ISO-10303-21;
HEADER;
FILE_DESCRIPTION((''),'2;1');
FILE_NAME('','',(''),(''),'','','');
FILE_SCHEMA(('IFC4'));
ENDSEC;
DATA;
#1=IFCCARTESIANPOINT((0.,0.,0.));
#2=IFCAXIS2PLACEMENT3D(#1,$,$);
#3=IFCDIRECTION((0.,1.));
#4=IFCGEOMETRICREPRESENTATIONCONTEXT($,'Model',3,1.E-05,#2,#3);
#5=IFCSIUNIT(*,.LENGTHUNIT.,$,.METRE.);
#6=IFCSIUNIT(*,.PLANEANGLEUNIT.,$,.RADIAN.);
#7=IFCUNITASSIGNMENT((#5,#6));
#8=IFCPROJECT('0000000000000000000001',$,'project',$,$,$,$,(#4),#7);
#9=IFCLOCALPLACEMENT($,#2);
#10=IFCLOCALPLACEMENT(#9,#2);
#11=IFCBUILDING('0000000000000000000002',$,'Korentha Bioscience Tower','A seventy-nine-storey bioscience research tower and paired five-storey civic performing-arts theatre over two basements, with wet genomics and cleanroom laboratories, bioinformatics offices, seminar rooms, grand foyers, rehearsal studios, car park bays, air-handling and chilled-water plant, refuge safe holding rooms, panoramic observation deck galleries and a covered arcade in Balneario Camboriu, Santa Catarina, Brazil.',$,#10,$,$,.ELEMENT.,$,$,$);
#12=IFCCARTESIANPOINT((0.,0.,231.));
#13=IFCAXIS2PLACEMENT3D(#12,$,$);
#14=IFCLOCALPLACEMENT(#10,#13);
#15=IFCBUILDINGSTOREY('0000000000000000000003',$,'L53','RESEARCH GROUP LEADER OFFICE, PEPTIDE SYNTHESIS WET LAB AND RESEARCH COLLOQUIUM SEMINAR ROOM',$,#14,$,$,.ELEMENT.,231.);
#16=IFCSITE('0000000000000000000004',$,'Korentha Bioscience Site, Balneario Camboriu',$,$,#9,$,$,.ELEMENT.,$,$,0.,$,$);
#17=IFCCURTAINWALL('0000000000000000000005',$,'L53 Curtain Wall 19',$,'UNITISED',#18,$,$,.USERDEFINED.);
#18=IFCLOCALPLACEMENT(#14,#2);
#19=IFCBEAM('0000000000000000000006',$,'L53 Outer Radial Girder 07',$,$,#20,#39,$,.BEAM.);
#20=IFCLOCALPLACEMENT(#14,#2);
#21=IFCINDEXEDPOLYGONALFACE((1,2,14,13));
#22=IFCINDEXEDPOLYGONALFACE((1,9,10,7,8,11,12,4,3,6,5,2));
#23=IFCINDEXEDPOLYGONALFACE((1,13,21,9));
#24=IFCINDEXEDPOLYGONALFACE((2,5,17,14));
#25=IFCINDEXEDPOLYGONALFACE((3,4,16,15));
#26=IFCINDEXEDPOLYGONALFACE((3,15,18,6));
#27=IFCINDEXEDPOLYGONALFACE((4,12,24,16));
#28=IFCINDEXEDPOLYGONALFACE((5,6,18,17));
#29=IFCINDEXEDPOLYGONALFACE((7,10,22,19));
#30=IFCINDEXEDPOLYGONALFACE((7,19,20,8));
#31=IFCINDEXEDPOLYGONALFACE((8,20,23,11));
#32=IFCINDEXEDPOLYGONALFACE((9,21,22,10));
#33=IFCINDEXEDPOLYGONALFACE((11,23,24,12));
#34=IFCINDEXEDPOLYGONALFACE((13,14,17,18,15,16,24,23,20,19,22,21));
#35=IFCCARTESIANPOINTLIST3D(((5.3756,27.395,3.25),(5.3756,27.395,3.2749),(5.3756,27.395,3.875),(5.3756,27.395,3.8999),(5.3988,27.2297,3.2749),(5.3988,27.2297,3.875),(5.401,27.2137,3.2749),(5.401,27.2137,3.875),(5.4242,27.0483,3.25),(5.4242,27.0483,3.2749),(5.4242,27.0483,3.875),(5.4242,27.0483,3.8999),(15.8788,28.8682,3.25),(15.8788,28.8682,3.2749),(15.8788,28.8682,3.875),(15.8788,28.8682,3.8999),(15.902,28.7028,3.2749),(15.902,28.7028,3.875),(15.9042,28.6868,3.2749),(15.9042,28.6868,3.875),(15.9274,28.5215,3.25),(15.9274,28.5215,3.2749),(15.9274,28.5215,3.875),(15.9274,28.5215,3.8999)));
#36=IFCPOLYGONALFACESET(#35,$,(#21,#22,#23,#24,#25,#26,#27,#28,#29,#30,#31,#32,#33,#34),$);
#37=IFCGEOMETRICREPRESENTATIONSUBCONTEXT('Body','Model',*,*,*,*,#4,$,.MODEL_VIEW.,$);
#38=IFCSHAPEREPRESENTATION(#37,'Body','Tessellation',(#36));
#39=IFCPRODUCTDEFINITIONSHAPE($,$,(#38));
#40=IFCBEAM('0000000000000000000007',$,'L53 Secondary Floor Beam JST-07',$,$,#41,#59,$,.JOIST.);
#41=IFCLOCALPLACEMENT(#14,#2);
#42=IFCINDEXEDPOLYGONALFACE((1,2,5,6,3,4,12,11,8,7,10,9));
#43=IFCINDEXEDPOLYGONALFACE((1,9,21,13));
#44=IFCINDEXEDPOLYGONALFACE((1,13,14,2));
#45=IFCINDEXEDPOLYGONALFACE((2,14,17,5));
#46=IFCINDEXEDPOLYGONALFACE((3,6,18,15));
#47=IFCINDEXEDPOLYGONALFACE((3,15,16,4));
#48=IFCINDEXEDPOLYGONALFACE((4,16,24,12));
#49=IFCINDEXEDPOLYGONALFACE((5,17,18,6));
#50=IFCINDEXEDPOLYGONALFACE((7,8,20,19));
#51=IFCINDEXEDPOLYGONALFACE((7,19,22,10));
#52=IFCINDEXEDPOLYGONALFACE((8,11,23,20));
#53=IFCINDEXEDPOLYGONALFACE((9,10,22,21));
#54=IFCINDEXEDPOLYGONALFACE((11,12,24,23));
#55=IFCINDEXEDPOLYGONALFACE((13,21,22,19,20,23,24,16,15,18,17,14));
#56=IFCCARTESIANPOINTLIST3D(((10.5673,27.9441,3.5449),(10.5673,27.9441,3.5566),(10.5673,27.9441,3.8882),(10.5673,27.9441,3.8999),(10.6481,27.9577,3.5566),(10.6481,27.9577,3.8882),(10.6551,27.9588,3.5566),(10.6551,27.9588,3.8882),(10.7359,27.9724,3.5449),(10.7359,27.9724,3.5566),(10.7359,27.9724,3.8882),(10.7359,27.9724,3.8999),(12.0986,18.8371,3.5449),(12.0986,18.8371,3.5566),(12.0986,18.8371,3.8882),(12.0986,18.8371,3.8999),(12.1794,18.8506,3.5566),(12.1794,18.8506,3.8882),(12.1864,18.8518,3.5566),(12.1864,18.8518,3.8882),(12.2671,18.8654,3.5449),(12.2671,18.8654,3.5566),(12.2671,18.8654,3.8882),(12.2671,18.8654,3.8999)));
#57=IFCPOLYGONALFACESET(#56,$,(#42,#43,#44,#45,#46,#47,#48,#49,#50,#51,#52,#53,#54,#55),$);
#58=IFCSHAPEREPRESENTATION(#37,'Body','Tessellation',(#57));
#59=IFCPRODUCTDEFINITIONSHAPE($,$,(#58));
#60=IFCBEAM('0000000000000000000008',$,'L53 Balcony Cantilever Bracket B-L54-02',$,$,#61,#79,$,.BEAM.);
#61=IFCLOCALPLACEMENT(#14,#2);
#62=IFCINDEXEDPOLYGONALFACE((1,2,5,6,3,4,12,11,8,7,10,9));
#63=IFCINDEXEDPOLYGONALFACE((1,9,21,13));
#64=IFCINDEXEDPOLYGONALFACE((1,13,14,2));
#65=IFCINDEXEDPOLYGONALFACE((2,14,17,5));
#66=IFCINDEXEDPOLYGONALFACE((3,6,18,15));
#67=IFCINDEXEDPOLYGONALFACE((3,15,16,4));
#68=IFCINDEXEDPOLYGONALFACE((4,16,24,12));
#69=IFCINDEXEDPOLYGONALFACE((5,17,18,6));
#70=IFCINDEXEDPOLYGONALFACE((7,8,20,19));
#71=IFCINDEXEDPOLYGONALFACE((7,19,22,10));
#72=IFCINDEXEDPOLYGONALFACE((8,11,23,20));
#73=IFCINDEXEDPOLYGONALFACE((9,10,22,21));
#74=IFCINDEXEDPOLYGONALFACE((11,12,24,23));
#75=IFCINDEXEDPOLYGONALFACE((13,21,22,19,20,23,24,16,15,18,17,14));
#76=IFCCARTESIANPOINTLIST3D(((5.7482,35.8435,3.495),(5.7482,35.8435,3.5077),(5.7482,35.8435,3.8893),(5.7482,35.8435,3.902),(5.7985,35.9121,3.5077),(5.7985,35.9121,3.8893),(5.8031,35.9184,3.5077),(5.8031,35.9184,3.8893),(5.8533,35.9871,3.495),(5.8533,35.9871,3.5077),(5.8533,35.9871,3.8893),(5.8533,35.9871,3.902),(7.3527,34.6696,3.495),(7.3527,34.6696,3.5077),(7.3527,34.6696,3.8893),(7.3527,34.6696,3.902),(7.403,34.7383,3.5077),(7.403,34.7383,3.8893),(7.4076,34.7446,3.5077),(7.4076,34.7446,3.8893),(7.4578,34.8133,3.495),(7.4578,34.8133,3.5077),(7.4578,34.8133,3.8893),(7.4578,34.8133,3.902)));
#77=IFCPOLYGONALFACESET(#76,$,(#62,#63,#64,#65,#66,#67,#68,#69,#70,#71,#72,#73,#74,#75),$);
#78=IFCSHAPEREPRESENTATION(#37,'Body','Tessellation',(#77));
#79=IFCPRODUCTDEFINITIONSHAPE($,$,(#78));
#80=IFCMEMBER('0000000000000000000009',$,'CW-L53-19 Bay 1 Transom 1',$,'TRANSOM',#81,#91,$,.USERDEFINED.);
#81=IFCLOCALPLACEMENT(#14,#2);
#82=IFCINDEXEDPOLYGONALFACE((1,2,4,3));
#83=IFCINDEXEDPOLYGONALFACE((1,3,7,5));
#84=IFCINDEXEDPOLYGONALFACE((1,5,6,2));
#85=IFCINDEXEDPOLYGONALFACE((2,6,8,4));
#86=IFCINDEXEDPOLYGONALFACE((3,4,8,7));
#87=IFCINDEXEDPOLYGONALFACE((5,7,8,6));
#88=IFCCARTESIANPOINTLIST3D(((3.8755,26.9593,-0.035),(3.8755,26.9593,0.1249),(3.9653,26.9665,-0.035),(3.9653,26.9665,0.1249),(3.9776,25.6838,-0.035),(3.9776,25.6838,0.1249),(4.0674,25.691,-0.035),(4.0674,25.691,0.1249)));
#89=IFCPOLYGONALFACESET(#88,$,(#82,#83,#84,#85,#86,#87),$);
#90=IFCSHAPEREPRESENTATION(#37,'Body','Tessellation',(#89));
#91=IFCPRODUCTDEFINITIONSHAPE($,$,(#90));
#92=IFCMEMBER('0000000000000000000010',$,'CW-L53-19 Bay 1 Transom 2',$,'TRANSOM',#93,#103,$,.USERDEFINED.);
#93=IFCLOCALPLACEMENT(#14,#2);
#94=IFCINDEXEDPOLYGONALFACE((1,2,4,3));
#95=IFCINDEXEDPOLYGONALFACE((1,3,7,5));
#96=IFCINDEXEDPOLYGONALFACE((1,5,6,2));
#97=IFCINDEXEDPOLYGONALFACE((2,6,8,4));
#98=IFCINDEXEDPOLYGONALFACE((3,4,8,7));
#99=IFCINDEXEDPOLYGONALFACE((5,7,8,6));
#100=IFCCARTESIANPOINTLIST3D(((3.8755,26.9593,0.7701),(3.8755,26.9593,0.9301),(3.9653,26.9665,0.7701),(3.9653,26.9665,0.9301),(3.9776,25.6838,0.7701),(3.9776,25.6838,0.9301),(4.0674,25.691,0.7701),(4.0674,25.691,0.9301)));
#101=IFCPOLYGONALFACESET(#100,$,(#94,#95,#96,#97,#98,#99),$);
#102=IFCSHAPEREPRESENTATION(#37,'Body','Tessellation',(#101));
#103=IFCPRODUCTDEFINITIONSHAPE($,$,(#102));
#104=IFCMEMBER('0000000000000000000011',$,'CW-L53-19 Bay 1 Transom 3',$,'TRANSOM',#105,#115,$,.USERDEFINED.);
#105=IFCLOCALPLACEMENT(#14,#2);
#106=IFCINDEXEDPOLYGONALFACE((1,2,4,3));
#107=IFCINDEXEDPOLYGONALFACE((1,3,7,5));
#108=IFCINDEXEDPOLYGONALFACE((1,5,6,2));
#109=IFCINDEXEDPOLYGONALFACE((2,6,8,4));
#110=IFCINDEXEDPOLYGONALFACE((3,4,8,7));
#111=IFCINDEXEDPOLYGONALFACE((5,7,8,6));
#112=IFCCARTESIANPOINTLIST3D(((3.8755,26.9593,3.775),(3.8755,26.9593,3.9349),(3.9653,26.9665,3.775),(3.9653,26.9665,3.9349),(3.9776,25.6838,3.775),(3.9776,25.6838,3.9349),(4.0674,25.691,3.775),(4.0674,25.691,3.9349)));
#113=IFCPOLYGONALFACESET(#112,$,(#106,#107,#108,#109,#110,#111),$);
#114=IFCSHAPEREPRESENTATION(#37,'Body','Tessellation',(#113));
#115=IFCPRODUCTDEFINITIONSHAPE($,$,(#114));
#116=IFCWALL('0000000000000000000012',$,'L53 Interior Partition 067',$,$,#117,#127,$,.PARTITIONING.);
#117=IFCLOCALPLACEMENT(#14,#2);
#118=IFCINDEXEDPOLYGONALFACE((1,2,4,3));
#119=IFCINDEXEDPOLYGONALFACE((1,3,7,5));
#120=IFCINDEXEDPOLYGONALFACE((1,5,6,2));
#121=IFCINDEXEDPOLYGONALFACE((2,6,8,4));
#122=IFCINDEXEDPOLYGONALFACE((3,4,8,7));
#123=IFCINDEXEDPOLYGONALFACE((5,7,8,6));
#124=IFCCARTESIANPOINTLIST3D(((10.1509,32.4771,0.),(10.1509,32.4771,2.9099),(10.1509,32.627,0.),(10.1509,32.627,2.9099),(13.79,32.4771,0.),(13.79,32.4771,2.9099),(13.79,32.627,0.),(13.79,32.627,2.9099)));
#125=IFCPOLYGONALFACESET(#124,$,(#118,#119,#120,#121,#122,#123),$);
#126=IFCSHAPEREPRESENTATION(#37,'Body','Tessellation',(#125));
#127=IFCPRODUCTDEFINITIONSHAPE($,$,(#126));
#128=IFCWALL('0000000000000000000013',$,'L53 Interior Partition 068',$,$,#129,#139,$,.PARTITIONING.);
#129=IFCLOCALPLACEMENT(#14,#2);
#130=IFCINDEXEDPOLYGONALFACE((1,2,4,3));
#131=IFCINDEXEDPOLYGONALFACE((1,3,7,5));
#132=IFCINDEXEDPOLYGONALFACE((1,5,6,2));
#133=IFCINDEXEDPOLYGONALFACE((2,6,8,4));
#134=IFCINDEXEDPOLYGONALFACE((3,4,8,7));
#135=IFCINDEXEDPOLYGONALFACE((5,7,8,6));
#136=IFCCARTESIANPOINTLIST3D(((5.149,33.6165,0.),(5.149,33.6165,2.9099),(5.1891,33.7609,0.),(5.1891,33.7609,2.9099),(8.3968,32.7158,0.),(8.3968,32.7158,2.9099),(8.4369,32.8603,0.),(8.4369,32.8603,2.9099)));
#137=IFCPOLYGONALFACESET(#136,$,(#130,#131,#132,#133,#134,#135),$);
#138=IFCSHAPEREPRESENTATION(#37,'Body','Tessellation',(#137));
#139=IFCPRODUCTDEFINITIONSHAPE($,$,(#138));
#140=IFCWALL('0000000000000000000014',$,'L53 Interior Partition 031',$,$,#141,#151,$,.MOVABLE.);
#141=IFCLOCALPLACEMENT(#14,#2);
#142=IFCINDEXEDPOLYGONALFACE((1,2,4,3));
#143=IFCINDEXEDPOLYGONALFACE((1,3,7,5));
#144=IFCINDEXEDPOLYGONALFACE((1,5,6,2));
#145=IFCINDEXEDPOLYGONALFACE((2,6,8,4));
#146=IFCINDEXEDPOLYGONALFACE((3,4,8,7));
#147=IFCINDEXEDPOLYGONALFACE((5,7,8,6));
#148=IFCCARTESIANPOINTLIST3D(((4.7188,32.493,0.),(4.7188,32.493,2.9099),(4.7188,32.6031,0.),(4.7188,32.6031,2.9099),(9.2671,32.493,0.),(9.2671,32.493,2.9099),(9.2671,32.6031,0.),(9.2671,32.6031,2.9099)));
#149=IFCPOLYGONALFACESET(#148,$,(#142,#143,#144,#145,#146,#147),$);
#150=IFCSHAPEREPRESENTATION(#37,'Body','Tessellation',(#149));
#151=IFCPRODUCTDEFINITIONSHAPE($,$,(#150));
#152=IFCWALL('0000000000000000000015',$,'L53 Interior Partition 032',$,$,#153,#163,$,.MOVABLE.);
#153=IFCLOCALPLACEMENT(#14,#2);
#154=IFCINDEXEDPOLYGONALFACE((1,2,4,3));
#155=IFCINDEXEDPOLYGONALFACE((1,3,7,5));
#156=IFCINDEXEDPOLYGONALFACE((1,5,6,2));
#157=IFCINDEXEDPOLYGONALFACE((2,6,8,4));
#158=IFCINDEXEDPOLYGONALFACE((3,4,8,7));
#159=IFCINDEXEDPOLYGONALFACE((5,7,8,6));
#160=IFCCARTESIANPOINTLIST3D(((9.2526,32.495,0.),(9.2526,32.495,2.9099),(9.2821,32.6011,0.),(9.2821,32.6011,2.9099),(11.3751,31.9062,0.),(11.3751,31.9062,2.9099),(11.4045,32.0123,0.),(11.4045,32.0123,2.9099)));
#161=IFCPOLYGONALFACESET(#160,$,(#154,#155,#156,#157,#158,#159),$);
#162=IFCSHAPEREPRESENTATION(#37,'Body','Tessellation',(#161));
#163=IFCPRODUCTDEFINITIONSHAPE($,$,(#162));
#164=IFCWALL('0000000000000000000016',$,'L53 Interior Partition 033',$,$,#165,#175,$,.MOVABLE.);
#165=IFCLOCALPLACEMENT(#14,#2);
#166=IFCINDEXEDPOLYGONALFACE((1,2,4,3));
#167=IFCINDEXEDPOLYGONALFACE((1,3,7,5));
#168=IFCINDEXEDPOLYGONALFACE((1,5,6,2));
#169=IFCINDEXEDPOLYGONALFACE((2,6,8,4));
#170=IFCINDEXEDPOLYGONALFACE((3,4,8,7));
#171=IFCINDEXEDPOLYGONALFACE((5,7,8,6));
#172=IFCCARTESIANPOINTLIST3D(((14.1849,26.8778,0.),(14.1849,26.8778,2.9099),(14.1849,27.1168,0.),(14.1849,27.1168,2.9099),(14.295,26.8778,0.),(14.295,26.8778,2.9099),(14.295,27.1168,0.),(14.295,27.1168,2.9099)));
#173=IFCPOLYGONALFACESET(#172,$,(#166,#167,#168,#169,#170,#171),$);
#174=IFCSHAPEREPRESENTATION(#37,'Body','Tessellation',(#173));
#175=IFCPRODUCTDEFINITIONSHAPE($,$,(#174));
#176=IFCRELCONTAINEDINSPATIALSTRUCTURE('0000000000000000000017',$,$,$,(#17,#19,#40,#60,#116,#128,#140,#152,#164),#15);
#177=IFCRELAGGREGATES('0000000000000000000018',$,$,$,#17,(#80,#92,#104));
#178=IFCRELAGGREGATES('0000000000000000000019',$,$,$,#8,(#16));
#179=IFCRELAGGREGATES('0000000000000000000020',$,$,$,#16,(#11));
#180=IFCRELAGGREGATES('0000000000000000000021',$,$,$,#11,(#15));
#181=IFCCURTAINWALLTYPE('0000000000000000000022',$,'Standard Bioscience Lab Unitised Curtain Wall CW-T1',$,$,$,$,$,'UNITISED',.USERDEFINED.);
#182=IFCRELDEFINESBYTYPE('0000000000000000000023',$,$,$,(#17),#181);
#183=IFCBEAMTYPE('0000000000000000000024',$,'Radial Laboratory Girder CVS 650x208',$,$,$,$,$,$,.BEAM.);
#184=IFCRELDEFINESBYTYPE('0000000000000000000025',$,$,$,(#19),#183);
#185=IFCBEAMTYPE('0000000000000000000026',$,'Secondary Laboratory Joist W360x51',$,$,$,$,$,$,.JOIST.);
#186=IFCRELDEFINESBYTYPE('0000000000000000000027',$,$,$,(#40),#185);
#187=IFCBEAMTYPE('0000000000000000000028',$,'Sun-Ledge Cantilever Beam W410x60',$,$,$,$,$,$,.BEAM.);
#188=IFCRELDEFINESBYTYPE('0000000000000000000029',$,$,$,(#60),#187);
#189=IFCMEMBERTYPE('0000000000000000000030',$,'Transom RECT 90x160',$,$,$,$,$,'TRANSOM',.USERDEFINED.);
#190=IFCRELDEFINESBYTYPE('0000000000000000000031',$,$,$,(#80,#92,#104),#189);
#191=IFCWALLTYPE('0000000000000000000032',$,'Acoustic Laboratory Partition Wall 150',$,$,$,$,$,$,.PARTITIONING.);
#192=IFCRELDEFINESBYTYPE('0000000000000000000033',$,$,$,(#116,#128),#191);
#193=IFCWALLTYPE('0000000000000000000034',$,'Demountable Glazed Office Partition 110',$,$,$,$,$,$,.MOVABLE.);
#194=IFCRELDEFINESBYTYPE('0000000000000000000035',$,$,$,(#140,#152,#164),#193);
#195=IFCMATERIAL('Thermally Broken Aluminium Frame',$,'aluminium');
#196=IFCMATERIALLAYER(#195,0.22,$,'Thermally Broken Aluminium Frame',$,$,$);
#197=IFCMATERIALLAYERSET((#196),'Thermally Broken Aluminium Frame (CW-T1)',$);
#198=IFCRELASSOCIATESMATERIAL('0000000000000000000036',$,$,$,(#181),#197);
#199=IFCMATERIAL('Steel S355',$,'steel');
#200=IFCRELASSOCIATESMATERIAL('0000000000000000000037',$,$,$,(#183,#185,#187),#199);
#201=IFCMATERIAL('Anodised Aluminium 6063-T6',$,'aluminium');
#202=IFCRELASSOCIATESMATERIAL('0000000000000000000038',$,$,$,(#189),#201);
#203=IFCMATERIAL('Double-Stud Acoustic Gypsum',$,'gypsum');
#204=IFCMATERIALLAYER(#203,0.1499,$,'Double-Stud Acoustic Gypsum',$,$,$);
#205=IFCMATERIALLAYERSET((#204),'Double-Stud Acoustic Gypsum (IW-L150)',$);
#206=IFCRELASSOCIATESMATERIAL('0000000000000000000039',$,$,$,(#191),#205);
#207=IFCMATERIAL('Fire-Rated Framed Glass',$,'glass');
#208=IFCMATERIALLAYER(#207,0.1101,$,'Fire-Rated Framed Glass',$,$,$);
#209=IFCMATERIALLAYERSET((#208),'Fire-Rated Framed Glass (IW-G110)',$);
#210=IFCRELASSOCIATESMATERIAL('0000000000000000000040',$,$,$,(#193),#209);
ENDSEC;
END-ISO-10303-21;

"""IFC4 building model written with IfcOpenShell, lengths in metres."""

from ifc_helpers import new_model, si_unit, direction, frame, frame_2d, origin, origin_2d, place, context, subcontext, project, spatial, rectangle, i_section, extrude, material, layer, layer_set, material_profile, profile_set, type_object, element, aggregate, save


model = new_model("IFC4")

# Units and contexts
model_context = context("Model", 3, precision=1e-05, world=origin(), true_north=direction((0.0, 1.0)))
body_context = subcontext(model_context, "Body", "Model", "MODEL_VIEW")
ifc_project = project(units=[si_unit("LENGTHUNIT", "METRE"), si_unit("PLANEANGLEUNIT", "RADIAN")], contexts=[model_context])

# Site, building, storey
site_placement = place(None, origin())
site = spatial("IfcSite", under=ifc_project, at=site_placement, Name="Korentha Bioscience Site, Balneario Camboriu", CompositionType="ELEMENT", RefElevation=0.0)
building_placement = place(site_placement, origin())
building = spatial("IfcBuilding", under=site, at=building_placement, Name="Korentha Bioscience Tower", Description="A seventy-nine-storey bioscience research tower and paired five-storey civic performing-arts theatre over two basements, with wet genomics and cleanroom laboratories, bioinformatics offices, seminar rooms, grand foyers, rehearsal studios, car park bays, air-handling and chilled-water plant, refuge safe holding rooms, panoramic observation deck galleries and a covered arcade in Balneario Camboriu, Santa Catarina, Brazil.", CompositionType="ELEMENT")
storey_placement = place(building_placement, frame((0.0, 0.0, 231.0)))
storey = spatial("IfcBuildingStorey", under=building, at=storey_placement, Name="L53", Description="RESEARCH GROUP LEADER OFFICE, PEPTIDE SYNTHESIS WET LAB AND RESEARCH COLLOQUIUM SEMINAR ROOM", CompositionType="ELEMENT", Elevation=231.0)

# Shared definitions
ifc_material_1 = material(Name="Steel S355", Category="steel")

# Curtain wall
ifc_material_2 = material(Name="Thermally Broken Aluminium Frame", Category="aluminium")
ifc_layer_1 = layer(ifc_material_2, 0.22, Name="Thermally Broken Aluminium Frame")
ifc_layer_set_1 = layer_set([ifc_layer_1], Name="Thermally Broken Aluminium Frame (CW-T1)")
curtain_wall_type = type_object("IfcCurtainWallType", Name="Standard Bioscience Lab Unitised Curtain Wall CW-T1", ElementType="UNITISED", PredefinedType="USERDEFINED", material=ifc_layer_set_1)
curtain_wall_placement = place(storey_placement, origin())
curtain_wall = element("IfcCurtainWall", 1, at=curtain_wall_placement, inside=storey, type_object=curtain_wall_type, Name="L53 Curtain Wall 19", ObjectType="UNITISED", PredefinedType="USERDEFINED")
ifc_material_3 = material(Name="Anodised Aluminium 6063-T6", Category="aluminium")

# Beams
ifc_material_profile_1 = material_profile(ifc_material_1, i_section(OverallWidth=0.3501, OverallDepth=0.6499, WebThickness=0.0161, FlangeThickness=0.0249, at=origin_2d()), Name="Steel S355")
ifc_profile_set_1 = profile_set([ifc_material_profile_1], Name="Steel S355 (RB-650)")
beam_type_1 = type_object("IfcBeamType", Name="Radial Laboratory Girder CVS 650x208", PredefinedType="BEAM", material=ifc_profile_set_1)
beam_1_placement = place(storey_placement, frame((15.9031, 28.6948, 3.575), z_axis=(-0.990307, -0.138898, 0.0), x_axis=(0.138898, -0.990307, 0.0)))
element("IfcBeam", 2, at=beam_1_placement, inside=storey, type_object=beam_type_1, Name="L53 Outer Radial Girder 07", PredefinedType="BEAM", context=body_context, shape_type="SweptSolid", body=[
    extrude(i_section(OverallWidth=0.3501, OverallDepth=0.6499, WebThickness=0.0161, FlangeThickness=0.0249, at=origin_2d()), origin(), (0.0, 0.0, 1.0), 10.606),
])
ifc_material_profile_2 = material_profile(ifc_material_1, i_section(OverallWidth=0.1709, OverallDepth=0.355, WebThickness=0.0071, FlangeThickness=0.0117, at=origin_2d()), Name="Steel S355")
ifc_profile_set_2 = profile_set([ifc_material_profile_2], Name="Steel S355 (JB-360)")
beam_type_2 = type_object("IfcBeamType", Name="Secondary Laboratory Joist W360x51", PredefinedType="JOIST", material=ifc_profile_set_2)
beam_2_placement = place(storey_placement, frame((10.6516, 27.9583, 3.7224), z_axis=(0.165814, -0.986157, 0.0), x_axis=(0.986157, 0.165814, 0.0)))
element("IfcBeam", 3, at=beam_2_placement, inside=storey, type_object=beam_type_2, Name="L53 Secondary Floor Beam JST-07", PredefinedType="JOIST", context=body_context, shape_type="SweptSolid", body=[
    extrude(i_section(OverallWidth=0.1709, OverallDepth=0.355, WebThickness=0.0071, FlangeThickness=0.0117, at=origin_2d()), origin(), (0.0, 0.0, 1.0), 9.2349),
])
ifc_material_profile_3 = material_profile(ifc_material_1, i_section(OverallWidth=0.178, OverallDepth=0.407, WebThickness=0.0078, FlangeThickness=0.0127, at=origin_2d()), Name="Steel S355")
ifc_profile_set_3 = profile_set([ifc_material_profile_3], Name="Steel S355 (CB-410)")
beam_type_3 = type_object("IfcBeamType", Name="Sun-Ledge Cantilever Beam W410x60", PredefinedType="BEAM", material=ifc_profile_set_3)
beam_3_placement = place(storey_placement, frame((7.4053, 34.7415, 3.6985), z_axis=(-0.807076, 0.590448, 0.0), x_axis=(-0.590448, -0.807076, 0.0)))
element("IfcBeam", 4, at=beam_3_placement, inside=storey, type_object=beam_type_3, Name="L53 Balcony Cantilever Bracket B-L54-02", PredefinedType="BEAM", context=body_context, shape_type="SweptSolid", body=[
    extrude(i_section(OverallWidth=0.178, OverallDepth=0.407, WebThickness=0.0078, FlangeThickness=0.0127, at=origin_2d()), origin(), (0.0, 0.0, 1.0), 1.988),
])

# Members
ifc_material_profile_4 = material_profile(ifc_material_3, rectangle(XDim=0.0901, YDim=0.1599, at=origin_2d()), Name="Anodised Aluminium 6063-T6")
ifc_profile_set_4 = profile_set([ifc_material_profile_4], Name="Anodised Aluminium 6063-T6 (CW-TRN)")
member_type_1 = type_object("IfcMemberType", Name="Transom RECT 90x160", ElementType="TRANSOM", PredefinedType="USERDEFINED", material=ifc_profile_set_4)
member_1_placement = place(storey_placement, frame((3.9204, 26.9629, 0.0449), z_axis=(0.07976, -0.996814, 0.0), x_axis=(0.996814, 0.07976, 0.0)))
member_1 = element("IfcMember", 5, at=member_1_placement, type_object=member_type_1, Name="CW-L53-19 Bay 1 Transom 1", ObjectType="TRANSOM", PredefinedType="USERDEFINED", context=body_context, shape_type="SweptSolid", body=[
    extrude(rectangle(XDim=0.0901, YDim=0.1599, at=origin_2d()), origin(), (0.0, 0.0, 1.0), 1.2795),
])
member_2_placement = place(storey_placement, frame((3.9204, 26.9629, 0.8501), z_axis=(0.07976, -0.996814, 0.0), x_axis=(0.996814, 0.07976, 0.0)))
member_2 = element("IfcMember", 6, at=member_2_placement, type_object=member_type_1, Name="CW-L53-19 Bay 1 Transom 2", ObjectType="TRANSOM", PredefinedType="USERDEFINED", context=body_context, shape_type="SweptSolid", body=[
    extrude(rectangle(XDim=0.0901, YDim=0.1599, at=origin_2d()), origin(), (0.0, 0.0, 1.0), 1.2795),
])
member_3_placement = place(storey_placement, frame((3.9204, 26.9629, 3.855), z_axis=(0.07976, -0.996814, 0.0), x_axis=(0.996814, 0.07976, 0.0)))
member_3 = element("IfcMember", 7, at=member_3_placement, type_object=member_type_1, Name="CW-L53-19 Bay 1 Transom 3", ObjectType="TRANSOM", PredefinedType="USERDEFINED", context=body_context, shape_type="SweptSolid", body=[
    extrude(rectangle(XDim=0.0901, YDim=0.1599, at=origin_2d()), origin(), (0.0, 0.0, 1.0), 1.2795),
])
aggregate(curtain_wall, [member_1, member_2, member_3])

# Walls
ifc_material_4 = material(Name="Double-Stud Acoustic Gypsum", Category="gypsum")
ifc_layer_2 = layer(ifc_material_4, 0.1499, Name="Double-Stud Acoustic Gypsum")
ifc_layer_set_2 = layer_set([ifc_layer_2], Name="Double-Stud Acoustic Gypsum (IW-L150)")
wall_type_1 = type_object("IfcWallType", Name="Acoustic Laboratory Partition Wall 150", PredefinedType="PARTITIONING", material=ifc_layer_set_2)
wall_1_placement = place(storey_placement, frame((13.79, 32.552, 0.0), z_axis=(0.0, 0.0, 1.0), x_axis=(-1.0, 0.0, 0.0)))
element("IfcWall", 8, at=wall_1_placement, inside=storey, type_object=wall_type_1, Name="L53 Interior Partition 067", PredefinedType="PARTITIONING", context=body_context, shape_type="SweptSolid", body=[
    extrude(rectangle(XDim=3.6392, YDim=0.1499, at=frame_2d((1.8196, 0.0))), origin(), (0.0, 0.0, 1.0), 2.9099),
])
wall_2_placement = place(storey_placement, frame((8.4167, 32.7881, 0.0), z_axis=(0.0, 0.0, 1.0), x_axis=(-0.963635, 0.267222, 0.0)))
element("IfcWall", 9, at=wall_2_placement, inside=storey, type_object=wall_type_1, Name="L53 Interior Partition 068", PredefinedType="PARTITIONING", context=body_context, shape_type="SweptSolid", body=[
    extrude(rectangle(XDim=3.3704, YDim=0.1499, at=frame_2d((1.6851, 0.0))), origin(), (0.0, 0.0, 1.0), 2.9099),
])
ifc_material_5 = material(Name="Fire-Rated Framed Glass", Category="glass")
ifc_layer_3 = layer(ifc_material_5, 0.1101, Name="Fire-Rated Framed Glass")
ifc_layer_set_3 = layer_set([ifc_layer_3], Name="Fire-Rated Framed Glass (IW-G110)")
wall_type_2 = type_object("IfcWallType", Name="Demountable Glazed Office Partition 110", PredefinedType="MOVABLE", material=ifc_layer_set_3)
wall_3_placement = place(storey_placement, frame((4.7188, 32.5481, 0.0), z_axis=(0.0, 0.0, 1.0), x_axis=(1.0, 0.0, 0.0)))
element("IfcWall", 10, at=wall_3_placement, inside=storey, type_object=wall_type_2, Name="L53 Interior Partition 031", PredefinedType="MOVABLE", context=body_context, shape_type="SweptSolid", body=[
    extrude(rectangle(XDim=4.5483, YDim=0.1101, at=frame_2d((2.2742, 0.0))), origin(), (0.0, 0.0, 1.0), 2.9099),
])
wall_4_placement = place(storey_placement, frame((9.2673, 32.5481, 0.0), z_axis=(0.0, 0.0, 1.0), x_axis=(0.963604, -0.267335, 0.0)))
element("IfcWall", 11, at=wall_4_placement, inside=storey, type_object=wall_type_2, Name="L53 Interior Partition 032", PredefinedType="MOVABLE", context=body_context, shape_type="SweptSolid", body=[
    extrude(rectangle(XDim=2.2026, YDim=0.1101, at=frame_2d((1.1013, 0.0))), origin(), (0.0, 0.0, 1.0), 2.9099),
])
wall_5_placement = place(storey_placement, frame((14.24, 27.1169, 0.0), z_axis=(0.0, 0.0, 1.0), x_axis=(0.0, -1.0, 0.0)))
element("IfcWall", 12, at=wall_5_placement, inside=storey, type_object=wall_type_2, Name="L53 Interior Partition 033", PredefinedType="MOVABLE", context=body_context, shape_type="SweptSolid", body=[
    extrude(rectangle(XDim=0.239, YDim=0.1101, at=frame_2d((0.1196, 0.0))), origin(), (0.0, 0.0, 1.0), 2.9099),
])

save(model, "model.ifc")
